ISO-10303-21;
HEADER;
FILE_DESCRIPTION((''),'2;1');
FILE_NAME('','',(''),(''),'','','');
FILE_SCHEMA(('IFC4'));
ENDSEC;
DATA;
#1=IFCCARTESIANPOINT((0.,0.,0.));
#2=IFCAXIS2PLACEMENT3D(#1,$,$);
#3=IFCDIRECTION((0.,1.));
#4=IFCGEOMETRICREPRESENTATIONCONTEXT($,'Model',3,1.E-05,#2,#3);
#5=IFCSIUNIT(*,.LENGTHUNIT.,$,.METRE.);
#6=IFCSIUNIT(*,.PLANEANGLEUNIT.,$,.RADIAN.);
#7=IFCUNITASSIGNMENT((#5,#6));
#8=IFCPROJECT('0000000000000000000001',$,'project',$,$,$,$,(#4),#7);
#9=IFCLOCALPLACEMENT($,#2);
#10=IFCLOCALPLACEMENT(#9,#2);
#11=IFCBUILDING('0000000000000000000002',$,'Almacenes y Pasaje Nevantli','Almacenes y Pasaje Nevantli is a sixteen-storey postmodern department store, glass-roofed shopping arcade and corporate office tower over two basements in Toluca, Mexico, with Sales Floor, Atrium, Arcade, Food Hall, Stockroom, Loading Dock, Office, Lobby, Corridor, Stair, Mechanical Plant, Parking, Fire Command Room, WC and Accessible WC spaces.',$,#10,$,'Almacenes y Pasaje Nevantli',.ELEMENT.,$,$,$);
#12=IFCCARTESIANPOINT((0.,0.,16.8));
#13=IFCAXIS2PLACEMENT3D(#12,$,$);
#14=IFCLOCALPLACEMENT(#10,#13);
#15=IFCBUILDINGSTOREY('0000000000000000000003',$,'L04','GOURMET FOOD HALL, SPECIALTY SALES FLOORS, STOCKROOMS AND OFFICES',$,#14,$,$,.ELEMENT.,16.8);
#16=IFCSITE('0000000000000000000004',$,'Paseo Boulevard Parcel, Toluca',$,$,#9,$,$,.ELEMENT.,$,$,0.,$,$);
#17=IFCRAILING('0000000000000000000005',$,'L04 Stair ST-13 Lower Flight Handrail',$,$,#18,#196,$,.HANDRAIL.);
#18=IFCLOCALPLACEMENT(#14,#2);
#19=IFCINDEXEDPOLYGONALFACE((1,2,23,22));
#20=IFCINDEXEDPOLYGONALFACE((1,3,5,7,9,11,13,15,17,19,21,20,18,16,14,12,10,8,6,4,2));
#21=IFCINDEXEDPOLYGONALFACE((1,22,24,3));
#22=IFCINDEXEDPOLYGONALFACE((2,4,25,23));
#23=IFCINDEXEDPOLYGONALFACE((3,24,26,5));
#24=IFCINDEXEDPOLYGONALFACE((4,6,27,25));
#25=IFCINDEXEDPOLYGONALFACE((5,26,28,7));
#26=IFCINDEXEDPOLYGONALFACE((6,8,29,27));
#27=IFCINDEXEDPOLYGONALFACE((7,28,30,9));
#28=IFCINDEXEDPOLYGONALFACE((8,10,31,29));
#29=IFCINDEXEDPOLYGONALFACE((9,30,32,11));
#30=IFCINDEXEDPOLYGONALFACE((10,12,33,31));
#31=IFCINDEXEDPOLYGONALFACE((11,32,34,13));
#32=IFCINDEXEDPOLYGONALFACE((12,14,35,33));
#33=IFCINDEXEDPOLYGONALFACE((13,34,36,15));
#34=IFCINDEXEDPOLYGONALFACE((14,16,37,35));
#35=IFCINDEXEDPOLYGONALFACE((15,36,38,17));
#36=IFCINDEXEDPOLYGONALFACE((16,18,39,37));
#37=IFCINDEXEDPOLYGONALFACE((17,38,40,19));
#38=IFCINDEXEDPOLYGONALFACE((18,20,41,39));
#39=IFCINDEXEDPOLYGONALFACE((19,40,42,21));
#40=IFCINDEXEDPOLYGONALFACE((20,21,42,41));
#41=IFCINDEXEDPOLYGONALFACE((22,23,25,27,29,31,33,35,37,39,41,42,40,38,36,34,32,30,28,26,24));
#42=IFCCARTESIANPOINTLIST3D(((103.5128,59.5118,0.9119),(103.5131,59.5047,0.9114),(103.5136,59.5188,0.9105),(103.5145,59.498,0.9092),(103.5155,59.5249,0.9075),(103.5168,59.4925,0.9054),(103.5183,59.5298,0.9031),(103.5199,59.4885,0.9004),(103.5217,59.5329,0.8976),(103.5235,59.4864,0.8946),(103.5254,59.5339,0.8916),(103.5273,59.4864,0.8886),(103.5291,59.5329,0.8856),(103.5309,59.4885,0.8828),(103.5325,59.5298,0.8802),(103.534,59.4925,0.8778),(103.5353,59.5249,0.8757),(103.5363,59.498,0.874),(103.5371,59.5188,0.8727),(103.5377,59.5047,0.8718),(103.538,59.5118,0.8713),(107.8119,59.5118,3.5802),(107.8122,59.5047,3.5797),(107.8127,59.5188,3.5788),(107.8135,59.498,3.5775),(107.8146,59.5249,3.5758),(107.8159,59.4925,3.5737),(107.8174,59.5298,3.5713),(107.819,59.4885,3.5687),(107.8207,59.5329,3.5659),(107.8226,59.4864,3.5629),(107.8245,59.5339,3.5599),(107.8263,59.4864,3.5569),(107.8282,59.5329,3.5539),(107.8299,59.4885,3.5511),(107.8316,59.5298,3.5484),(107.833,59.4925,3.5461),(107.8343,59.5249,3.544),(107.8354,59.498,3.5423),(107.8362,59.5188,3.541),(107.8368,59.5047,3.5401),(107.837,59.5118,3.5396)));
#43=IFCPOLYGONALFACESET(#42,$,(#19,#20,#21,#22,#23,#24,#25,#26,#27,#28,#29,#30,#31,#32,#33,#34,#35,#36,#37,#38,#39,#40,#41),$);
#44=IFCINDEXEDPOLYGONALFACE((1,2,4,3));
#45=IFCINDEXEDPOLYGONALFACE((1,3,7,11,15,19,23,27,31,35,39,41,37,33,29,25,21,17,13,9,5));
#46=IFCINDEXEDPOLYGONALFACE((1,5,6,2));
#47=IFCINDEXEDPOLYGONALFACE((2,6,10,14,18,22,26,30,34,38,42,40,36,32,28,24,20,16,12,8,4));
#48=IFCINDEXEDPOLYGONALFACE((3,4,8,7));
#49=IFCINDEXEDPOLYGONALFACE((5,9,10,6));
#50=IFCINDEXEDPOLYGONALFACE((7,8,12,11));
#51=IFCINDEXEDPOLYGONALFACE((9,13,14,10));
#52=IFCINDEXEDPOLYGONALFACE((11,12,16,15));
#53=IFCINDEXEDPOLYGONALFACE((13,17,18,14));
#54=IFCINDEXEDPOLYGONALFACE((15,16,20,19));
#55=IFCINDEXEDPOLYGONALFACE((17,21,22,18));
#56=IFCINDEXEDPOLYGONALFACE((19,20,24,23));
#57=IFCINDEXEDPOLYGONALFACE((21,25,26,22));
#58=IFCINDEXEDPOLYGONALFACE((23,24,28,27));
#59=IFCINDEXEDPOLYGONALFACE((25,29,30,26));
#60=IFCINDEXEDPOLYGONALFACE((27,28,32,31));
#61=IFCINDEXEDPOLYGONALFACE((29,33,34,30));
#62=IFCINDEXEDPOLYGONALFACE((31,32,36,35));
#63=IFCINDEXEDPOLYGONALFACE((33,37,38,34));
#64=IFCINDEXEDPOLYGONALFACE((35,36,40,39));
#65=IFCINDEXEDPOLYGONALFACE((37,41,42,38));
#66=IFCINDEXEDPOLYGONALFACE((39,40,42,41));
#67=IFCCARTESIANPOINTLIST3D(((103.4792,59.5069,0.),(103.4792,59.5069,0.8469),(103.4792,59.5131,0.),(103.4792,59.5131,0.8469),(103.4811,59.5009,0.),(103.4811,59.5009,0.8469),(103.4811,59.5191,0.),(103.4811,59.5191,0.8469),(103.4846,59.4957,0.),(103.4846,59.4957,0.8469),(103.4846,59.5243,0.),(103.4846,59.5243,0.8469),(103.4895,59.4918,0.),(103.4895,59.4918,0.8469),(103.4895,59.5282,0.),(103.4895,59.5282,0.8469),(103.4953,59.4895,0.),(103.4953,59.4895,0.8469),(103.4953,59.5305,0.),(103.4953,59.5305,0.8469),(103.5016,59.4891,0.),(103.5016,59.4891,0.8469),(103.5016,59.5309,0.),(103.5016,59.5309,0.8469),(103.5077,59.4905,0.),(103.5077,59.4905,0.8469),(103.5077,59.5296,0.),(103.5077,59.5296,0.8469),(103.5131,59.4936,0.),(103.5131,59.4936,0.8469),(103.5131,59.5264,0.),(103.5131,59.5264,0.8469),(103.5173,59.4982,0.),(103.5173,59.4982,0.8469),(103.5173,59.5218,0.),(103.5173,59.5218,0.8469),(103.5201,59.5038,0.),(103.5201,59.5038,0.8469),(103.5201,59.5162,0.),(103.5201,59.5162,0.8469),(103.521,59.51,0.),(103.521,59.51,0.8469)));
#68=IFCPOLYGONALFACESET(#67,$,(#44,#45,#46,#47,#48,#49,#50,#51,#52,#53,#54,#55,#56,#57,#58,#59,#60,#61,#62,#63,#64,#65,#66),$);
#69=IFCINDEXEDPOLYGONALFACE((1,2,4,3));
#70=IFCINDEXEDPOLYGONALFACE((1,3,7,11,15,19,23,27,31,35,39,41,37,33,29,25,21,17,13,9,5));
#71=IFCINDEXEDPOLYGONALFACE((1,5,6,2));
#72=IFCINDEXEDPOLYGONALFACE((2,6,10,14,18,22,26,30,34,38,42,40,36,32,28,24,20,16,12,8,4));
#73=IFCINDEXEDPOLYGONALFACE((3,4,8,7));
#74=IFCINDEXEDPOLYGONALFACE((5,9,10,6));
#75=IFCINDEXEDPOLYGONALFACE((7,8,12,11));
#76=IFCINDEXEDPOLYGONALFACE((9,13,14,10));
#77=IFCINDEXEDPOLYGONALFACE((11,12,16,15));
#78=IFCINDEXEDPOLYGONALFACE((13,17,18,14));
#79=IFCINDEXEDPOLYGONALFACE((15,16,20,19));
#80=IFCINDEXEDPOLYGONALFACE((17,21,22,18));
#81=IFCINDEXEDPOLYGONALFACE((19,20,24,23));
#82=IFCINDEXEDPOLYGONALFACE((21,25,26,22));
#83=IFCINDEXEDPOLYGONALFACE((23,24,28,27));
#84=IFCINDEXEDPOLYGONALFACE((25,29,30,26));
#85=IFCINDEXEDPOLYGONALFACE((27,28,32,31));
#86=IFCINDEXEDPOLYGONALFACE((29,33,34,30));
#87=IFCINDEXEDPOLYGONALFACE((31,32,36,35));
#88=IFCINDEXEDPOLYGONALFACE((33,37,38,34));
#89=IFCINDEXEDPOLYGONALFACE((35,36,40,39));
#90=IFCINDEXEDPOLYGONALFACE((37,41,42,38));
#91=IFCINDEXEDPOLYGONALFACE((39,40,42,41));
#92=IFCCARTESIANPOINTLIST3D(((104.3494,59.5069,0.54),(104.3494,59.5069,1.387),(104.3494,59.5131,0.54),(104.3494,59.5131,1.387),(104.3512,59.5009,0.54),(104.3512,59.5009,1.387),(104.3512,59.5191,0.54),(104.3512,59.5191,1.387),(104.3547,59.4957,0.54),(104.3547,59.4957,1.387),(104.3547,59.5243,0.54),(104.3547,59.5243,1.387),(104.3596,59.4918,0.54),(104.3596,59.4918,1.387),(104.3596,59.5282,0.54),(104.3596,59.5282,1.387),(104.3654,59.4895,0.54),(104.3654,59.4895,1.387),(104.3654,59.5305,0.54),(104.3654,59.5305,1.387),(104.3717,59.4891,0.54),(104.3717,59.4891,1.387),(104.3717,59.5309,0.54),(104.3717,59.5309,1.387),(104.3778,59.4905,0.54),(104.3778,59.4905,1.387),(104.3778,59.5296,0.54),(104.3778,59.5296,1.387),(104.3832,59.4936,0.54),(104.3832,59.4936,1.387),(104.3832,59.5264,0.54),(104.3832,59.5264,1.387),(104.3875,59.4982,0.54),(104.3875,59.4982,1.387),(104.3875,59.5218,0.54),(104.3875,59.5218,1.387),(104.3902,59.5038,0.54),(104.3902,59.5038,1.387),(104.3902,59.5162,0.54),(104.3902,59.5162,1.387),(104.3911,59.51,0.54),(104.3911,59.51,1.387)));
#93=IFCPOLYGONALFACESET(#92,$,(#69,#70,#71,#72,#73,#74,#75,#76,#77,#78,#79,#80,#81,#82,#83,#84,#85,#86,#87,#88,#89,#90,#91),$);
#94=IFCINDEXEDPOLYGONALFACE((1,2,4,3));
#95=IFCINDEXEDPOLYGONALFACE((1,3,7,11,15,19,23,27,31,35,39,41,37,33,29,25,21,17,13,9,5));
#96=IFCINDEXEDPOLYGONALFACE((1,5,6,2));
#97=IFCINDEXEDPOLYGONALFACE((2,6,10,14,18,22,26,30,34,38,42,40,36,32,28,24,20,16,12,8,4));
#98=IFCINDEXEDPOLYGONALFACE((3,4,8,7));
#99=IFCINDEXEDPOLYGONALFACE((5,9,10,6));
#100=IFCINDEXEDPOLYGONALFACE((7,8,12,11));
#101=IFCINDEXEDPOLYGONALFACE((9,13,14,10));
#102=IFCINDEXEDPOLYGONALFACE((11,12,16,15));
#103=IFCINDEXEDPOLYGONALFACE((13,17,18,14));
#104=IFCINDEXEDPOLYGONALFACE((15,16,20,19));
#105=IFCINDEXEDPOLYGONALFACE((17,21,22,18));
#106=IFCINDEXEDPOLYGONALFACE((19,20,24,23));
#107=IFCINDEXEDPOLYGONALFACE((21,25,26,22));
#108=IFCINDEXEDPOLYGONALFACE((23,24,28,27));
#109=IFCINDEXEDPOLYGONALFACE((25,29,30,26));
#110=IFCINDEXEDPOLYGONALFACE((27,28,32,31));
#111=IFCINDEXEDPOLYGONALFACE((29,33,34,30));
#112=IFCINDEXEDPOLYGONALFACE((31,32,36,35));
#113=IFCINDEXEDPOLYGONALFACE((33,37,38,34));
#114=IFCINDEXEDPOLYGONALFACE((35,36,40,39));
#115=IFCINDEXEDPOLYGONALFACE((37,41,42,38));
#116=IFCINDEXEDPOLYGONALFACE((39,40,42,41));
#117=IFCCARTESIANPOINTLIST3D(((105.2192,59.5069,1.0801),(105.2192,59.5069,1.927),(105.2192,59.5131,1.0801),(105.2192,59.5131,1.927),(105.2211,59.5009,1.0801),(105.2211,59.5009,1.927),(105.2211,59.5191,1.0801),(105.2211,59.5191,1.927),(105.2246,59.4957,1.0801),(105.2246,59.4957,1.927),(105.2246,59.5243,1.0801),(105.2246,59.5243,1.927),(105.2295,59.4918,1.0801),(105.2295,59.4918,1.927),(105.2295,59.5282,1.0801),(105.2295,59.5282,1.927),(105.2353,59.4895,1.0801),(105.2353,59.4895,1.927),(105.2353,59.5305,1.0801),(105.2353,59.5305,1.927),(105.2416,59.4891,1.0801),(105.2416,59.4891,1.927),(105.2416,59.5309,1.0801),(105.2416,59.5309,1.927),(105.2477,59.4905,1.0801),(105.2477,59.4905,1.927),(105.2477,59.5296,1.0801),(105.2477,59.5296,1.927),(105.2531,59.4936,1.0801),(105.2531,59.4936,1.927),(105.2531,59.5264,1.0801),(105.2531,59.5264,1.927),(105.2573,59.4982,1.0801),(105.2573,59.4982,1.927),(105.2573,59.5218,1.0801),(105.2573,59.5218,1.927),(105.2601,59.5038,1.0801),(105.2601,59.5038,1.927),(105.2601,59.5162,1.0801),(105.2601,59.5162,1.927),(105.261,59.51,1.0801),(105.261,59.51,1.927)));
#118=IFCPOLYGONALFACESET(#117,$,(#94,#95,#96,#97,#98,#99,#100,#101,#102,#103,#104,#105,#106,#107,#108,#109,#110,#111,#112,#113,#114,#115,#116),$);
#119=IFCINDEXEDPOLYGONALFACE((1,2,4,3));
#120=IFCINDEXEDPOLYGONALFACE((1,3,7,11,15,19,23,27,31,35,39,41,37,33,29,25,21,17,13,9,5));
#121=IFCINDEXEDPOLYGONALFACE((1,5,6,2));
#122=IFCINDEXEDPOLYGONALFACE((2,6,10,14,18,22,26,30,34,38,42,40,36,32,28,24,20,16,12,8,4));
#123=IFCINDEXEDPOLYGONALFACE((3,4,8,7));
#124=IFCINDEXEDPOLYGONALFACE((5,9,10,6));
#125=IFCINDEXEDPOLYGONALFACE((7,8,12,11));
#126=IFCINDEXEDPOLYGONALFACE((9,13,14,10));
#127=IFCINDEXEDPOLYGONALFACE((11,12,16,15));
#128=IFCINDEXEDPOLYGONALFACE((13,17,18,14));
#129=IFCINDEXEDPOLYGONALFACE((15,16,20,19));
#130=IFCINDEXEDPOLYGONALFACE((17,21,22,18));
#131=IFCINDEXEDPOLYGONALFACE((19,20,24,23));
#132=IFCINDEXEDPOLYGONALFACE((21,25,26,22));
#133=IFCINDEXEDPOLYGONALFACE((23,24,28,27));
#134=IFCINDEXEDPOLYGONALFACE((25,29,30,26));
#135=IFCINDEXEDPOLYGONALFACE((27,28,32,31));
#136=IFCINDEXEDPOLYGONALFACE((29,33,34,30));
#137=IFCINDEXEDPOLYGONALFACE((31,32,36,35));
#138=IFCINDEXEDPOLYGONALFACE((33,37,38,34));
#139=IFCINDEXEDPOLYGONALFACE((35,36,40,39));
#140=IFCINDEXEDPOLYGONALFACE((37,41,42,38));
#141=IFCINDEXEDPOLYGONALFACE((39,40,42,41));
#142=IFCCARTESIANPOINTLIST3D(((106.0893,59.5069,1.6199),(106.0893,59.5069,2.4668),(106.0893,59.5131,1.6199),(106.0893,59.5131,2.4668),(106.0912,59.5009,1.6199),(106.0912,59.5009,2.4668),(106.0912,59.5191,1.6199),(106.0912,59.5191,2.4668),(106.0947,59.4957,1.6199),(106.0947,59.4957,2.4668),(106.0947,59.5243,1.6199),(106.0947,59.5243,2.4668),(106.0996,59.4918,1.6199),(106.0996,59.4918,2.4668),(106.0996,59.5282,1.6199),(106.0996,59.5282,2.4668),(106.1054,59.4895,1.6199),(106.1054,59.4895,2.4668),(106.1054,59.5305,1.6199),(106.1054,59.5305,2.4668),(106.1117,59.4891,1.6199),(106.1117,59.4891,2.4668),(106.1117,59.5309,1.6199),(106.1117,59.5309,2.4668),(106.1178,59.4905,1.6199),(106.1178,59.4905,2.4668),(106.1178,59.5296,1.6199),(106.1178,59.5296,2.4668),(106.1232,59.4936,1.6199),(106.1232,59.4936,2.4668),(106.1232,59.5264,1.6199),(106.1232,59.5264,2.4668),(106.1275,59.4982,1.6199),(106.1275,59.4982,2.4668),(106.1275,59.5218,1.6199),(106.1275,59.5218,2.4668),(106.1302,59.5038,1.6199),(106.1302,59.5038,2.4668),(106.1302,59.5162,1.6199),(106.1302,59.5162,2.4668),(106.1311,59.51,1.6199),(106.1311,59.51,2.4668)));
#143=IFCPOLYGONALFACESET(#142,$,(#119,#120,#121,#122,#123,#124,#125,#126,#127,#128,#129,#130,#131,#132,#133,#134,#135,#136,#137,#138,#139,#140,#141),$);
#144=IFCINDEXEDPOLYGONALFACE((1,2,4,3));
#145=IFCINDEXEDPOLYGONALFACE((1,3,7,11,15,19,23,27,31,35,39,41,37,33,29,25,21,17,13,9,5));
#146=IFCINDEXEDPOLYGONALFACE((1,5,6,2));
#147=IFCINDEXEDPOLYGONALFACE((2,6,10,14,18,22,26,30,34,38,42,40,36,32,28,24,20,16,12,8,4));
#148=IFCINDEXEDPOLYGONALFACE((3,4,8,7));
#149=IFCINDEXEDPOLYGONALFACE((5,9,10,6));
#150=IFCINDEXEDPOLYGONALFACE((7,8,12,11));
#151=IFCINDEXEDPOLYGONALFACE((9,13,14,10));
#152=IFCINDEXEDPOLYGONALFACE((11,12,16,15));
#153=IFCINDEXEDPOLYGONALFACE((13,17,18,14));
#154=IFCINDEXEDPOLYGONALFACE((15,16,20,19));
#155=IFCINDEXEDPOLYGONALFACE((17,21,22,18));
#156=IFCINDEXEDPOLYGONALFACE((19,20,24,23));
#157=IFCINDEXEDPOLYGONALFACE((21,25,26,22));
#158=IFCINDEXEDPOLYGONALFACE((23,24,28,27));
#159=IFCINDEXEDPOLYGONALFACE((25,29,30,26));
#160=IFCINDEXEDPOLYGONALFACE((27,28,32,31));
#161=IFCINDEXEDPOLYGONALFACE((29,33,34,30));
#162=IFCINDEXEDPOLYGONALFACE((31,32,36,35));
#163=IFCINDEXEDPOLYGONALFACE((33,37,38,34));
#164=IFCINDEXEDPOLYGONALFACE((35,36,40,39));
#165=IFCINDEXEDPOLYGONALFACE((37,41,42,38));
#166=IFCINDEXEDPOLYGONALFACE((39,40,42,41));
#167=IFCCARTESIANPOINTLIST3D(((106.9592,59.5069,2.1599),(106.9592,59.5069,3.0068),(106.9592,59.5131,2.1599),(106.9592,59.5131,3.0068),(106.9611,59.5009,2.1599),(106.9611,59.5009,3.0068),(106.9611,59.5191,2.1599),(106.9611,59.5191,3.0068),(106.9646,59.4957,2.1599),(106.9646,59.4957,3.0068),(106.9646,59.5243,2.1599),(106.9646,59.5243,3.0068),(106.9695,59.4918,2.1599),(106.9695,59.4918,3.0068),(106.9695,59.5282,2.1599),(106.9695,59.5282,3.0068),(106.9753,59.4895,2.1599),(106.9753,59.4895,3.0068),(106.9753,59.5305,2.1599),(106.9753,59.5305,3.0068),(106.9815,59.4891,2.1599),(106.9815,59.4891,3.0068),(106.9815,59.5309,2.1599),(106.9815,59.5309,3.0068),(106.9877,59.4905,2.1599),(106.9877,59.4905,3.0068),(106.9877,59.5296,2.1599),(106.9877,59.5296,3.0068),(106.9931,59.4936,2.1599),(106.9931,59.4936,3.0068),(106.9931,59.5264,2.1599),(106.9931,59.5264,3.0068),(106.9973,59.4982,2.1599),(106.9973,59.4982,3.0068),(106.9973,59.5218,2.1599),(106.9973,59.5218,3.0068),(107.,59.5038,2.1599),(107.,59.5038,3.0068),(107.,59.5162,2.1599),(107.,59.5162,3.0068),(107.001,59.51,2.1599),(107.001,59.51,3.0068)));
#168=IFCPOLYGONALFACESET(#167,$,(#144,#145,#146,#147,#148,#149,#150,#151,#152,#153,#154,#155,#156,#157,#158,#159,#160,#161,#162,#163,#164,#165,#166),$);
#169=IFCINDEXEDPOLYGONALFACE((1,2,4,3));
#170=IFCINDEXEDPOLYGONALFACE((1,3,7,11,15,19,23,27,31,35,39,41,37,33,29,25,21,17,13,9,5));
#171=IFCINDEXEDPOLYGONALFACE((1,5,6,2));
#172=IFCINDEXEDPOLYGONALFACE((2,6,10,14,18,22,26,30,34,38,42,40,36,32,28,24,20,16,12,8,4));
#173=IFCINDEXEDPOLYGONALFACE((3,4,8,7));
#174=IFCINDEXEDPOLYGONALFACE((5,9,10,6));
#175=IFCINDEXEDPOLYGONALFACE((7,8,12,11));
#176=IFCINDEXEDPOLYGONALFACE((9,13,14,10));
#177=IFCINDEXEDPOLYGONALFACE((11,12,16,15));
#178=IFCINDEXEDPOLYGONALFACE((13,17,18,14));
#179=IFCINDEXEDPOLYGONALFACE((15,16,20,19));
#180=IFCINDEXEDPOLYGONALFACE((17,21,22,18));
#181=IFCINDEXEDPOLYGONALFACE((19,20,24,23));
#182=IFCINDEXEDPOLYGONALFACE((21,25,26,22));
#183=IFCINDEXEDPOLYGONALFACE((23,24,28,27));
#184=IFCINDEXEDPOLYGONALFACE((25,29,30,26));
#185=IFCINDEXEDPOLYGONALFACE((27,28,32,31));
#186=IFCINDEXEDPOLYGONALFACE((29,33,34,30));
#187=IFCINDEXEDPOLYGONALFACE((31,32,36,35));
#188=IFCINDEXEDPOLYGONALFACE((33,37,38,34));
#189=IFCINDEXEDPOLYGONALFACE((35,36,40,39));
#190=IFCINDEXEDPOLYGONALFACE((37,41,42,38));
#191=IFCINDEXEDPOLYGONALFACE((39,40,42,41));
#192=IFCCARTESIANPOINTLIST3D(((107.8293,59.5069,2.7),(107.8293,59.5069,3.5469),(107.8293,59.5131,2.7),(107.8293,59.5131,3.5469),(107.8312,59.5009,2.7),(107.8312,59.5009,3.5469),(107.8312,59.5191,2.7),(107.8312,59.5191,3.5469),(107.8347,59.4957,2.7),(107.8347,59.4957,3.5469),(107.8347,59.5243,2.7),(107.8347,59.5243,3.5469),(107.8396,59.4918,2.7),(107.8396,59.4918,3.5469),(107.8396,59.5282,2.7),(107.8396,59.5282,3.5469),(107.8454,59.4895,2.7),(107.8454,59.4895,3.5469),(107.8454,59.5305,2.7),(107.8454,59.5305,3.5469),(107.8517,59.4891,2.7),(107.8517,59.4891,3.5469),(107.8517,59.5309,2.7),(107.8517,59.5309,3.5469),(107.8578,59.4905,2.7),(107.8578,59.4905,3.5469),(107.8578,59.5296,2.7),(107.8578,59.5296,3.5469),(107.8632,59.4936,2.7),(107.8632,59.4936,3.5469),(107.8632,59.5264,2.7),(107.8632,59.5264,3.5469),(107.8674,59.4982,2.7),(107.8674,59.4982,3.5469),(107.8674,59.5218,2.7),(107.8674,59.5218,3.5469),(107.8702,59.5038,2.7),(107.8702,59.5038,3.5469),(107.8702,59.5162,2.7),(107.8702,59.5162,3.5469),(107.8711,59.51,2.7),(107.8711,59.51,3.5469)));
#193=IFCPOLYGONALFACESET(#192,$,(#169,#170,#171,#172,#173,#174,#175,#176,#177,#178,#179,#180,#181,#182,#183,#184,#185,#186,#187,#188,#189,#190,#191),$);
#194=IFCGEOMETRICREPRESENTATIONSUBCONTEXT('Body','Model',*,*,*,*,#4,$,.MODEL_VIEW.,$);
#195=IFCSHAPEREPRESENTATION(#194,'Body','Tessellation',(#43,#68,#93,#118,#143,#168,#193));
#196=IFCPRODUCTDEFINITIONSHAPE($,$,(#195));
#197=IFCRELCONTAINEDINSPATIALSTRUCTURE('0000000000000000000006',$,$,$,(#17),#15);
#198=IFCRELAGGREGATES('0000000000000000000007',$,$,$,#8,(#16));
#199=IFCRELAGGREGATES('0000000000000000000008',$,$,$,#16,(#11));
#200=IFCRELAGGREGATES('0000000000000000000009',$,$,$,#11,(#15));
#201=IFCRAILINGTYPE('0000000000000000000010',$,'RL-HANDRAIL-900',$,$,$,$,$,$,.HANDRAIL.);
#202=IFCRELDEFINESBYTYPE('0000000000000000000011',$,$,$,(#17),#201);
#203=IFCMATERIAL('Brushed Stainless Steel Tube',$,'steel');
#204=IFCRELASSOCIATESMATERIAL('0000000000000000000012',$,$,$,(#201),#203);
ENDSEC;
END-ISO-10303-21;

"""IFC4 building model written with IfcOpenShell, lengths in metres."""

from ifc_helpers import new_model, si_unit, direction, frame, origin, origin_2d, place, context, subcontext, project, spatial, circle, extrude, material, type_object, element, save


model = new_model("IFC4")

# Units and contexts
model_context = context("Model", 3, precision=1e-05, world=origin(), true_north=direction((0.0, 1.0)))
body_context = subcontext(model_context, "Body", "Model", "MODEL_VIEW")
ifc_project = project(units=[si_unit("LENGTHUNIT", "METRE"), si_unit("PLANEANGLEUNIT", "RADIAN")], contexts=[model_context])

# Site, building, storey
site_placement = place(None, origin())
site = spatial("IfcSite", under=ifc_project, at=site_placement, Name="Paseo Boulevard Parcel, Toluca", CompositionType="ELEMENT", RefElevation=0.0)
building_placement = place(site_placement, origin())
building = spatial("IfcBuilding", under=site, at=building_placement, Name="Almacenes y Pasaje Nevantli", Description="Almacenes y Pasaje Nevantli is a sixteen-storey postmodern department store, glass-roofed shopping arcade and corporate office tower over two basements in Toluca, Mexico, with Sales Floor, Atrium, Arcade, Food Hall, Stockroom, Loading Dock, Office, Lobby, Corridor, Stair, Mechanical Plant, Parking, Fire Command Room, WC and Accessible WC spaces.", LongName="Almacenes y Pasaje Nevantli", CompositionType="ELEMENT")
storey_placement = place(building_placement, frame((0.0, 0.0, 16.8)))
storey = spatial("IfcBuildingStorey", under=building, at=storey_placement, Name="L04", Description="GOURMET FOOD HALL, SPECIALTY SALES FLOORS, STOCKROOMS AND OFFICES", CompositionType="ELEMENT", Elevation=16.8)

# Railing
ifc_material_1 = material(Name="Brushed Stainless Steel Tube", Category="steel")
railing_type_1 = type_object("IfcRailingType", Name="RL-HANDRAIL-900", PredefinedType="HANDRAIL", material=ifc_material_1)
railing_1_placement = place(storey_placement, frame((103.5, 59.51, 0.0)))
element("IfcRailing", 1, at=railing_1_placement, inside=storey, type_object=railing_type_1, Name="L04 Stair ST-13 Lower Flight Handrail", PredefinedType="HANDRAIL", context=body_context, shape_type="SweptSolid", body=[
    extrude(circle(Radius=0.0239, at=origin_2d()), frame((0.0254, 0.0, 0.8916), z_axis=(0.84965, 0.0, 0.527347), x_axis=(0.0, 1.0, 0.0)), (0.0, 0.0, 1.0), 5.0598),
    extrude(circle(Radius=0.021, at=origin_2d()), origin(), (0.0, 0.0, 1.0), 0.8469),
    extrude(circle(Radius=0.021, at=origin_2d()), frame((0.8701, 0.0, 0.54)), (0.0, 0.0, 1.0), 0.8469),
    extrude(circle(Radius=0.021, at=origin_2d()), frame((1.74, 0.0, 1.0801)), (0.0, 0.0, 1.0), 0.8469),
    extrude(circle(Radius=0.021, at=origin_2d()), frame((2.6101, 0.0, 1.6199)), (0.0, 0.0, 1.0), 0.8469),
    extrude(circle(Radius=0.021, at=origin_2d()), frame((3.48, 0.0, 2.1599)), (0.0, 0.0, 1.0), 0.8469),
    extrude(circle(Radius=0.021, at=origin_2d()), frame((4.3501, 0.0, 2.7)), (0.0, 0.0, 1.0), 0.8469),
])

save(model, "model.ifc")
